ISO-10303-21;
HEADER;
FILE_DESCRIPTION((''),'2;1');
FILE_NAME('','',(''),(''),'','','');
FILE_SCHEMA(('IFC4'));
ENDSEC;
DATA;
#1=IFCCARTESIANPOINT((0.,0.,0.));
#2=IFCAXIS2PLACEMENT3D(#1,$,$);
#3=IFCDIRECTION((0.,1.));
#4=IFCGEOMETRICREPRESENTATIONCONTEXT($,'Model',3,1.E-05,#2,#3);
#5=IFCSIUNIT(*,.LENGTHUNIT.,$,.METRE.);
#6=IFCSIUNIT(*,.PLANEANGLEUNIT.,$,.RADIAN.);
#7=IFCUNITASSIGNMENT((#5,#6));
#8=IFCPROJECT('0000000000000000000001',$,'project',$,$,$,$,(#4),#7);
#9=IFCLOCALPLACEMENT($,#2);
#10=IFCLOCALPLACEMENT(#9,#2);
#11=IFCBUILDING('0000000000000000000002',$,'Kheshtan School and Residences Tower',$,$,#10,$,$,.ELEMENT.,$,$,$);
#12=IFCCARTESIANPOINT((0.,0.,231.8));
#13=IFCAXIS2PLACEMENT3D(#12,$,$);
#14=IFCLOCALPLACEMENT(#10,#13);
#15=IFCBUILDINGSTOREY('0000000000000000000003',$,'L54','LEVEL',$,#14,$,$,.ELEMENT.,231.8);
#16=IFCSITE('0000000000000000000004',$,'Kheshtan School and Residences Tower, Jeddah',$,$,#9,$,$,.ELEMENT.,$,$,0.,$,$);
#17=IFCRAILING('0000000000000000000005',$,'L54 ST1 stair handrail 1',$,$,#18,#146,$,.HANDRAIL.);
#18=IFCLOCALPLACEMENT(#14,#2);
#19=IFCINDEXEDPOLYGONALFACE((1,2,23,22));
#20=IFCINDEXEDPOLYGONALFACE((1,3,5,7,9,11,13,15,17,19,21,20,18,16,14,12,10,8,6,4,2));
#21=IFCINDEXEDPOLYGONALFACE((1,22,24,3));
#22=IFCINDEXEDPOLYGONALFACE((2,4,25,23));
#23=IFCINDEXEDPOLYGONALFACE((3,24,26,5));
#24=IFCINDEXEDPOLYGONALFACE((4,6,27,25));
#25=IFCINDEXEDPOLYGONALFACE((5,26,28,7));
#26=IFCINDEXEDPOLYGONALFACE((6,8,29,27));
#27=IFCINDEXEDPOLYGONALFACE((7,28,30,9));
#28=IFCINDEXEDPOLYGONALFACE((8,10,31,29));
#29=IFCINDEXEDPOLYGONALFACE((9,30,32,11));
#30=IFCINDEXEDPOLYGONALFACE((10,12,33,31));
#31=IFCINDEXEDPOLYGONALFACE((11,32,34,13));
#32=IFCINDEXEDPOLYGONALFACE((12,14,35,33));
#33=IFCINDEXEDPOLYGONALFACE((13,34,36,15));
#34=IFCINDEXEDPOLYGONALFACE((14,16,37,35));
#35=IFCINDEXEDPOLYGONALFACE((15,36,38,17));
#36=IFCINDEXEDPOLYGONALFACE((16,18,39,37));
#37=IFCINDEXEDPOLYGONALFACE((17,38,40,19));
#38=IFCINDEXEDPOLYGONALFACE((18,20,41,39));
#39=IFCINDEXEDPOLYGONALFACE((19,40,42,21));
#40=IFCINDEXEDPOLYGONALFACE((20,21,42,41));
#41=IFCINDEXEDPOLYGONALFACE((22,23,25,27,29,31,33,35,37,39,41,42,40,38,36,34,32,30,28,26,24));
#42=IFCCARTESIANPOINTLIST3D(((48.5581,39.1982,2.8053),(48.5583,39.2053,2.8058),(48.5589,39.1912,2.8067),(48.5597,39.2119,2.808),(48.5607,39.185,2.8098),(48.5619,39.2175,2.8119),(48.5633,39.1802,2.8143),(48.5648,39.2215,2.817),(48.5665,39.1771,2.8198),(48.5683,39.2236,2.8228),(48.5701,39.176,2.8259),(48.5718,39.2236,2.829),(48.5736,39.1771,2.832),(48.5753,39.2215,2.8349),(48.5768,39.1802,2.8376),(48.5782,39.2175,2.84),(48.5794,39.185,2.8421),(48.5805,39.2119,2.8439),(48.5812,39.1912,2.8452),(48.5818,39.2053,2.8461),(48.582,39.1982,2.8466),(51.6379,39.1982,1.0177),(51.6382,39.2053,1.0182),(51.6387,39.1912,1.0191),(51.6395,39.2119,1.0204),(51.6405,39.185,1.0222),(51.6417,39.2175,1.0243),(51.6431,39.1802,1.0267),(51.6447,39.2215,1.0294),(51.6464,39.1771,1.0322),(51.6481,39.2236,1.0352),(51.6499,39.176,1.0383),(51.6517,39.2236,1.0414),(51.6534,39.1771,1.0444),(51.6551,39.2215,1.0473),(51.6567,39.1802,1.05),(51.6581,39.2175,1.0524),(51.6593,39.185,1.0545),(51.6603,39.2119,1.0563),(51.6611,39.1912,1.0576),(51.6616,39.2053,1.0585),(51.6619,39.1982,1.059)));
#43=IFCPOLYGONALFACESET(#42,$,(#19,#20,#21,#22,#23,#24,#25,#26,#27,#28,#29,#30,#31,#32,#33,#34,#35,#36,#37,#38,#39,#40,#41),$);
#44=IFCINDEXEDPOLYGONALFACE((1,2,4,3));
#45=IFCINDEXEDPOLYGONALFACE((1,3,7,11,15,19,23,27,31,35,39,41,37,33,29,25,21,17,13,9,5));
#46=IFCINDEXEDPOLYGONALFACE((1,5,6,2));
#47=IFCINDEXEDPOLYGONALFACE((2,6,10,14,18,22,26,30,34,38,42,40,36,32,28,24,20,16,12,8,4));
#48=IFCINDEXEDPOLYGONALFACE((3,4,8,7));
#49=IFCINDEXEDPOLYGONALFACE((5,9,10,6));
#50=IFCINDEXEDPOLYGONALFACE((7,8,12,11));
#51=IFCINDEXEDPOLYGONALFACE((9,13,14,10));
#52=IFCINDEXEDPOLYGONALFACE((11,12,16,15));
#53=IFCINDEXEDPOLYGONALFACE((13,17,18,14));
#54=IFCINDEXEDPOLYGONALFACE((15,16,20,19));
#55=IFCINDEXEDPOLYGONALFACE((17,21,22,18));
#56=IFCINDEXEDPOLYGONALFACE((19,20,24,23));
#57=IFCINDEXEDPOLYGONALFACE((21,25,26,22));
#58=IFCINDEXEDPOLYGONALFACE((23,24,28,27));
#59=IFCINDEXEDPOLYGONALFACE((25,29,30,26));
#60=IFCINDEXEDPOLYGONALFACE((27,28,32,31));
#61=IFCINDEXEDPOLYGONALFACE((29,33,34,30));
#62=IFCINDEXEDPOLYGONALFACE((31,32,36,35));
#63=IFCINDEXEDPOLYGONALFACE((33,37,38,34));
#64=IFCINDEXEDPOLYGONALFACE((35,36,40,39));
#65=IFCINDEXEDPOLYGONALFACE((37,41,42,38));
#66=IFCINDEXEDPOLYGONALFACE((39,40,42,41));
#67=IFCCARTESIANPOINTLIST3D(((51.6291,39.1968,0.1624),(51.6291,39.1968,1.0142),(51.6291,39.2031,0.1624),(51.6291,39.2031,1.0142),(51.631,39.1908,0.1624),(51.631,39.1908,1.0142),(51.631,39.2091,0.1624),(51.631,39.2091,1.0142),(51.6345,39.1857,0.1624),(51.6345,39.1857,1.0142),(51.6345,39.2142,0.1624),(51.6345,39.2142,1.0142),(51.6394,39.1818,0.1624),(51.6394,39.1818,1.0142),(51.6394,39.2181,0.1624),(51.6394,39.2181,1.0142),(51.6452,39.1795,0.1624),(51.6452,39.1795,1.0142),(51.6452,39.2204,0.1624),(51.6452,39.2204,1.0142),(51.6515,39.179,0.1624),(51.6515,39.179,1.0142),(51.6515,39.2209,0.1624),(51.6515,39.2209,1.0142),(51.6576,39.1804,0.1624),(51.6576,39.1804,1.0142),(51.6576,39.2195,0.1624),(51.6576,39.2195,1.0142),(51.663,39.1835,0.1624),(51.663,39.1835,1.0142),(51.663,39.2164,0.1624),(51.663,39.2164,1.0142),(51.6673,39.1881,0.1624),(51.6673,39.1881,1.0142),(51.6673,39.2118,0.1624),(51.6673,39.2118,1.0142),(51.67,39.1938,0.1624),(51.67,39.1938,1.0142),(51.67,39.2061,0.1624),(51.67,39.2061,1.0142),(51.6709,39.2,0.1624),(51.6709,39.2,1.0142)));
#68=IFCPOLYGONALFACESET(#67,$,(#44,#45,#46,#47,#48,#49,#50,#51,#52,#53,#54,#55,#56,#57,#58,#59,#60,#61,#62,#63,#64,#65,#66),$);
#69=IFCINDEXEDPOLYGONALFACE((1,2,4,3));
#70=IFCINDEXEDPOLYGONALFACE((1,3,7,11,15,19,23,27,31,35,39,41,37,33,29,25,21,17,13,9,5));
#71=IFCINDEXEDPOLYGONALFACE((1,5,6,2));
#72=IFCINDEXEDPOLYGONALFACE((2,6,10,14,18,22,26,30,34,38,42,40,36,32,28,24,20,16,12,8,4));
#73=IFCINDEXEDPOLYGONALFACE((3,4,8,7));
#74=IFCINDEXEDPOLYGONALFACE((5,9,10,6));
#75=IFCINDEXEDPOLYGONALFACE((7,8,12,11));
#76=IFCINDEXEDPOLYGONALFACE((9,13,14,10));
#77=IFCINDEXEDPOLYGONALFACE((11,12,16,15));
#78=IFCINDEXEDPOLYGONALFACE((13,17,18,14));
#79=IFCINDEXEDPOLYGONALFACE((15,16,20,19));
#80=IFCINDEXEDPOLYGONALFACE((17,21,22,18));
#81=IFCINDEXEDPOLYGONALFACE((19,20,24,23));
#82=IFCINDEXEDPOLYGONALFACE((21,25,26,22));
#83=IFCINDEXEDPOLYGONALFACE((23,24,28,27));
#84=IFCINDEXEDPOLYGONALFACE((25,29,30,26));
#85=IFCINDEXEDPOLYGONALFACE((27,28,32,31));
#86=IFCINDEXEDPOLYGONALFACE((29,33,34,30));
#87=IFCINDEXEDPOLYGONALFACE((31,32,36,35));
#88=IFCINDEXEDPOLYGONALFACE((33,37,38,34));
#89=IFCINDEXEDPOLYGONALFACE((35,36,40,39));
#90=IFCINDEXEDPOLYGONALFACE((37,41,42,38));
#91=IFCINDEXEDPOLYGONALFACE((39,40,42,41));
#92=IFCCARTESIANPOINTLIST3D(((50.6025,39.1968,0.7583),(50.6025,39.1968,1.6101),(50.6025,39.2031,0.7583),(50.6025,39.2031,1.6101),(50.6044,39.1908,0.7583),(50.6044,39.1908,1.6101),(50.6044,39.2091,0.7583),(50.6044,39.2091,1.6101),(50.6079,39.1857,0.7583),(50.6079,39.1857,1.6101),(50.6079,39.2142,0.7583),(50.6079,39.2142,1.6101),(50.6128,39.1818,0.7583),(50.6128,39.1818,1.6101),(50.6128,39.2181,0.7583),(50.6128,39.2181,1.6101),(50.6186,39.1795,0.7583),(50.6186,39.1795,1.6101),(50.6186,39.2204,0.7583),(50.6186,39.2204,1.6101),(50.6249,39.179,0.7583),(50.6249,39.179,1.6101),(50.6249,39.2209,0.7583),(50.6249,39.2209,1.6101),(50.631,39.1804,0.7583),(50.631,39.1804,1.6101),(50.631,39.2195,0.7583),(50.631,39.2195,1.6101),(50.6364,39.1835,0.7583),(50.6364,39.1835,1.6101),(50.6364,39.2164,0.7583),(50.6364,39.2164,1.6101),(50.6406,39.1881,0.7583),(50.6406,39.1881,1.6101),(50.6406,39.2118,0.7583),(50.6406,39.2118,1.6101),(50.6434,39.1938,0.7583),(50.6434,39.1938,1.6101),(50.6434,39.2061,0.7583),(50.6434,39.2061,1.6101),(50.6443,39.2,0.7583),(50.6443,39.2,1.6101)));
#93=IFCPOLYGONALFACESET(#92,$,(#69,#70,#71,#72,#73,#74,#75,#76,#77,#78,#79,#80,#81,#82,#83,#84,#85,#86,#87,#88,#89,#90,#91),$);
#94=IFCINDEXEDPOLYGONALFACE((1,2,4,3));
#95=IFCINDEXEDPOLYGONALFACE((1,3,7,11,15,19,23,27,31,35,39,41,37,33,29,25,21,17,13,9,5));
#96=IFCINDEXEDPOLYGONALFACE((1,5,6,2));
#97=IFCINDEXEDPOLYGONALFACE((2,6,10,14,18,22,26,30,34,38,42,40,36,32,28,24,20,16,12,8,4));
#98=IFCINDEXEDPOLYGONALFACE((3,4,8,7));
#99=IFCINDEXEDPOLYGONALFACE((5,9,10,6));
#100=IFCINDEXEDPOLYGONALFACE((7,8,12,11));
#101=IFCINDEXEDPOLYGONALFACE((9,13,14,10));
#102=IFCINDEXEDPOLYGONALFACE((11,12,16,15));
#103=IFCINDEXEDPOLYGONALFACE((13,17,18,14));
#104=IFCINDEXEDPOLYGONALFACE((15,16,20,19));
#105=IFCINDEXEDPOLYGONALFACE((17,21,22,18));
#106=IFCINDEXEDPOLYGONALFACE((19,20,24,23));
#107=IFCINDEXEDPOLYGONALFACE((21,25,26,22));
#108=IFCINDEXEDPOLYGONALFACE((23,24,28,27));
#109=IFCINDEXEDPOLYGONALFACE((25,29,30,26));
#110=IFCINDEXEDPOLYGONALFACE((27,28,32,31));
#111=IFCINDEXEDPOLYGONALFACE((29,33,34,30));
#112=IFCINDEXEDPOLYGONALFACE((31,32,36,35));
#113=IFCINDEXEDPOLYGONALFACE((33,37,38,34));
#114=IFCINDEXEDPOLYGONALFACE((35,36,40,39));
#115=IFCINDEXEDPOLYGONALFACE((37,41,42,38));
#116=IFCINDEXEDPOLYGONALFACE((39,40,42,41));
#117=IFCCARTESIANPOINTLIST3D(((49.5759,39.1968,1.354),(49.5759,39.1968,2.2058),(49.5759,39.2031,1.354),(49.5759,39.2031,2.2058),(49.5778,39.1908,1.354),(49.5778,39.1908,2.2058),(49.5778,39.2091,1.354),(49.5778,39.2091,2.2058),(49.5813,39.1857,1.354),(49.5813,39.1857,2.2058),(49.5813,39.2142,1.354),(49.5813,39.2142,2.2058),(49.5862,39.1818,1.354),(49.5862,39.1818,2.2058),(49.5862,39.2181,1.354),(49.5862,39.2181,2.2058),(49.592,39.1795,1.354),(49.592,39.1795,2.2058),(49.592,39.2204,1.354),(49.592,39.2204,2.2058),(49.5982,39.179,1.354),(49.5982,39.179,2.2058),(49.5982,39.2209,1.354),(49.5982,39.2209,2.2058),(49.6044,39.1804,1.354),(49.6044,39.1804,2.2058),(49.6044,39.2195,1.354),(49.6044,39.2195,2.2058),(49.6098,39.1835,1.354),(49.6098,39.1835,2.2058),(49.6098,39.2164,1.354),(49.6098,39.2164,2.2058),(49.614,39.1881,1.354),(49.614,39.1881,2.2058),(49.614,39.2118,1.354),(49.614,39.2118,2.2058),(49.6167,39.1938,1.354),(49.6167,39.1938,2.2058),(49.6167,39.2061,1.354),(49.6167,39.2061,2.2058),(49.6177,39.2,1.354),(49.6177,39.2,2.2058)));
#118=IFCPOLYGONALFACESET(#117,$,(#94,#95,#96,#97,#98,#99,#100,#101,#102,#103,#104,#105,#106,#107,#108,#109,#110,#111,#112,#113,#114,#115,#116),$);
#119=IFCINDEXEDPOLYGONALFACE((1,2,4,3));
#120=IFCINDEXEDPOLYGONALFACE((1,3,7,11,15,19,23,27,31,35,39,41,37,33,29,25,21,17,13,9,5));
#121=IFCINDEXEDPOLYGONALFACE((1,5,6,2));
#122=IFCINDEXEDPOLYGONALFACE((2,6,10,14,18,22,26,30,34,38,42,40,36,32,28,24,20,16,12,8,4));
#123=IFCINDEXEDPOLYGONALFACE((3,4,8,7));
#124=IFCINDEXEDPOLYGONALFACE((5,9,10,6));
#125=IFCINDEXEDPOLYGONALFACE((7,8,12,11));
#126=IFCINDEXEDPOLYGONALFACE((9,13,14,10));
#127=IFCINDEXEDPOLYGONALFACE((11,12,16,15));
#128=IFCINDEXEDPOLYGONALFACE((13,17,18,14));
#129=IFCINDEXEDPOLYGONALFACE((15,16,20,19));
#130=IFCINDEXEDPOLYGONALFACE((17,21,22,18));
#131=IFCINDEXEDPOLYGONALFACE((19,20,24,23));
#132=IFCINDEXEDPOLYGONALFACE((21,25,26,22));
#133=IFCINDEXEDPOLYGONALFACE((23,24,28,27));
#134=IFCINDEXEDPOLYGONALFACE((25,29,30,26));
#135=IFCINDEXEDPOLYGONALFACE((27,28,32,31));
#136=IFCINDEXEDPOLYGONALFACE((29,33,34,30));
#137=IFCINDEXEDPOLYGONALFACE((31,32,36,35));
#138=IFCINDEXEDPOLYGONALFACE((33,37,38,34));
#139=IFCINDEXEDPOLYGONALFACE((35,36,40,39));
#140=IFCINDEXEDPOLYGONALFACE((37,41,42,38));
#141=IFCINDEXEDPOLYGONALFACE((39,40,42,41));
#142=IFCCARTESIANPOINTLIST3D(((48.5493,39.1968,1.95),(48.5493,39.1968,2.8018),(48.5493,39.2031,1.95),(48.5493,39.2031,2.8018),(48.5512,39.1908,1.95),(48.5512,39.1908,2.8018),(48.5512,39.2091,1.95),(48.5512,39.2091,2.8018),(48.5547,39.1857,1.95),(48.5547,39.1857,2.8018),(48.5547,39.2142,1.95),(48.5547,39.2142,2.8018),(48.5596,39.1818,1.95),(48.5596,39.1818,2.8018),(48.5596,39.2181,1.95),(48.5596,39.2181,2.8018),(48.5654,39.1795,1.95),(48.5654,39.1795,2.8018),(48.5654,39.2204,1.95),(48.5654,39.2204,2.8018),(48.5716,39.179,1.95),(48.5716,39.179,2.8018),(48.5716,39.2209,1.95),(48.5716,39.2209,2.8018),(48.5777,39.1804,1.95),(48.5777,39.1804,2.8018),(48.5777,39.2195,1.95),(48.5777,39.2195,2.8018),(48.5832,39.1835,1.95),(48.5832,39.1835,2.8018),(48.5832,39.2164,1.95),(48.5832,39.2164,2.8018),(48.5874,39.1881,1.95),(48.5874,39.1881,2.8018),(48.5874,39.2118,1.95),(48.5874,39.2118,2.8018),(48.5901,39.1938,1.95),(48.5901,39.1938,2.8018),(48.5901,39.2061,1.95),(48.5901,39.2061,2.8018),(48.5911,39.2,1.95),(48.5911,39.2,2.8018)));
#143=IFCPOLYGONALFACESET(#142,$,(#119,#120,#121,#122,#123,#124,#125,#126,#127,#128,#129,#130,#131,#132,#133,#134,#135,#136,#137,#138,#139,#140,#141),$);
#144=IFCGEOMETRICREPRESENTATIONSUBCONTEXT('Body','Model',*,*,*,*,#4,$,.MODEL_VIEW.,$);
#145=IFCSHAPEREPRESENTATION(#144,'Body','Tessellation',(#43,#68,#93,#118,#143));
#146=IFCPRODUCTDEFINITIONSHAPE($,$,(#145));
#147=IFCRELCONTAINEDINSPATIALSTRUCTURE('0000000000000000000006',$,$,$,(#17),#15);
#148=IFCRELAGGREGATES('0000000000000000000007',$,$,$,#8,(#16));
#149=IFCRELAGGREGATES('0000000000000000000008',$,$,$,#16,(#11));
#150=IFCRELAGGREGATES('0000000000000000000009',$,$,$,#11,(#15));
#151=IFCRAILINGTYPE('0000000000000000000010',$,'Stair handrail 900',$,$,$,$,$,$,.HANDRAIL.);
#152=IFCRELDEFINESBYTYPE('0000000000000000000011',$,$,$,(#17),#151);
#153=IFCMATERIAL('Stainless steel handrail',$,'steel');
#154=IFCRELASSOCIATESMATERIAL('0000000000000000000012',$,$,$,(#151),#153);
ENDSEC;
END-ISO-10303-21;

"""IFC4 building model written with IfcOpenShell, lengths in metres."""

from ifc_helpers import new_model, si_unit, direction, frame, origin, origin_2d, place, context, subcontext, project, spatial, circle, extrude, material, type_object, element, save


model = new_model("IFC4")

# Units and contexts
model_context = context("Model", 3, precision=1e-05, world=origin(), true_north=direction((0.0, 1.0)))
body_context = subcontext(model_context, "Body", "Model", "MODEL_VIEW")
ifc_project = project(units=[si_unit("LENGTHUNIT", "METRE"), si_unit("PLANEANGLEUNIT", "RADIAN")], contexts=[model_context])

# Site, building, storey
site_placement = place(None, origin())
site = spatial("IfcSite", under=ifc_project, at=site_placement, Name="Kheshtan School and Residences Tower, Jeddah", CompositionType="ELEMENT", RefElevation=0.0)
building_placement = place(site_placement, origin())
building = spatial("IfcBuilding", under=site, at=building_placement, Name="Kheshtan School and Residences Tower", CompositionType="ELEMENT")
storey_placement = place(building_placement, frame((0.0, 0.0, 231.8)))
storey = spatial("IfcBuildingStorey", under=building, at=storey_placement, Name="L54", Description="LEVEL", CompositionType="ELEMENT", Elevation=231.8)

# Railing
ifc_material_1 = material(Name="Stainless steel handrail", Category="steel")
railing_type_1 = type_object("IfcRailingType", Name="Stair handrail 900", PredefinedType="HANDRAIL", material=ifc_material_1)
railing_1_placement = place(storey_placement, frame((51.6499, 39.2, 0.1624)))
element("IfcRailing", 1, at=railing_1_placement, inside=storey, type_object=railing_type_1, Name="L54 ST1 stair handrail 1", PredefinedType="HANDRAIL", context=body_context, shape_type="SweptSolid", body=[
    extrude(circle(Radius=0.0239, at=origin_2d()), frame((0.0, 0.0, 0.876), z_axis=(-0.864873, 0.0, 0.50199), x_axis=(0.0, -1.0, 0.0)), (0.0, 0.0, 1.0), 3.561),
    extrude(circle(Radius=0.021, at=origin_2d()), origin(), (0.0, 0.0, 1.0), 0.8518),
    extrude(circle(Radius=0.021, at=origin_2d()), frame((-1.0266, 0.0, 0.5959)), (0.0, 0.0, 1.0), 0.8518),
    extrude(circle(Radius=0.021, at=origin_2d()), frame((-2.0532, 0.0, 1.1917)), (0.0, 0.0, 1.0), 0.8518),
    extrude(circle(Radius=0.021, at=origin_2d()), frame((-3.0798, 0.0, 1.7876)), (0.0, 0.0, 1.0), 0.8518),
])

save(model, "model.ifc")
